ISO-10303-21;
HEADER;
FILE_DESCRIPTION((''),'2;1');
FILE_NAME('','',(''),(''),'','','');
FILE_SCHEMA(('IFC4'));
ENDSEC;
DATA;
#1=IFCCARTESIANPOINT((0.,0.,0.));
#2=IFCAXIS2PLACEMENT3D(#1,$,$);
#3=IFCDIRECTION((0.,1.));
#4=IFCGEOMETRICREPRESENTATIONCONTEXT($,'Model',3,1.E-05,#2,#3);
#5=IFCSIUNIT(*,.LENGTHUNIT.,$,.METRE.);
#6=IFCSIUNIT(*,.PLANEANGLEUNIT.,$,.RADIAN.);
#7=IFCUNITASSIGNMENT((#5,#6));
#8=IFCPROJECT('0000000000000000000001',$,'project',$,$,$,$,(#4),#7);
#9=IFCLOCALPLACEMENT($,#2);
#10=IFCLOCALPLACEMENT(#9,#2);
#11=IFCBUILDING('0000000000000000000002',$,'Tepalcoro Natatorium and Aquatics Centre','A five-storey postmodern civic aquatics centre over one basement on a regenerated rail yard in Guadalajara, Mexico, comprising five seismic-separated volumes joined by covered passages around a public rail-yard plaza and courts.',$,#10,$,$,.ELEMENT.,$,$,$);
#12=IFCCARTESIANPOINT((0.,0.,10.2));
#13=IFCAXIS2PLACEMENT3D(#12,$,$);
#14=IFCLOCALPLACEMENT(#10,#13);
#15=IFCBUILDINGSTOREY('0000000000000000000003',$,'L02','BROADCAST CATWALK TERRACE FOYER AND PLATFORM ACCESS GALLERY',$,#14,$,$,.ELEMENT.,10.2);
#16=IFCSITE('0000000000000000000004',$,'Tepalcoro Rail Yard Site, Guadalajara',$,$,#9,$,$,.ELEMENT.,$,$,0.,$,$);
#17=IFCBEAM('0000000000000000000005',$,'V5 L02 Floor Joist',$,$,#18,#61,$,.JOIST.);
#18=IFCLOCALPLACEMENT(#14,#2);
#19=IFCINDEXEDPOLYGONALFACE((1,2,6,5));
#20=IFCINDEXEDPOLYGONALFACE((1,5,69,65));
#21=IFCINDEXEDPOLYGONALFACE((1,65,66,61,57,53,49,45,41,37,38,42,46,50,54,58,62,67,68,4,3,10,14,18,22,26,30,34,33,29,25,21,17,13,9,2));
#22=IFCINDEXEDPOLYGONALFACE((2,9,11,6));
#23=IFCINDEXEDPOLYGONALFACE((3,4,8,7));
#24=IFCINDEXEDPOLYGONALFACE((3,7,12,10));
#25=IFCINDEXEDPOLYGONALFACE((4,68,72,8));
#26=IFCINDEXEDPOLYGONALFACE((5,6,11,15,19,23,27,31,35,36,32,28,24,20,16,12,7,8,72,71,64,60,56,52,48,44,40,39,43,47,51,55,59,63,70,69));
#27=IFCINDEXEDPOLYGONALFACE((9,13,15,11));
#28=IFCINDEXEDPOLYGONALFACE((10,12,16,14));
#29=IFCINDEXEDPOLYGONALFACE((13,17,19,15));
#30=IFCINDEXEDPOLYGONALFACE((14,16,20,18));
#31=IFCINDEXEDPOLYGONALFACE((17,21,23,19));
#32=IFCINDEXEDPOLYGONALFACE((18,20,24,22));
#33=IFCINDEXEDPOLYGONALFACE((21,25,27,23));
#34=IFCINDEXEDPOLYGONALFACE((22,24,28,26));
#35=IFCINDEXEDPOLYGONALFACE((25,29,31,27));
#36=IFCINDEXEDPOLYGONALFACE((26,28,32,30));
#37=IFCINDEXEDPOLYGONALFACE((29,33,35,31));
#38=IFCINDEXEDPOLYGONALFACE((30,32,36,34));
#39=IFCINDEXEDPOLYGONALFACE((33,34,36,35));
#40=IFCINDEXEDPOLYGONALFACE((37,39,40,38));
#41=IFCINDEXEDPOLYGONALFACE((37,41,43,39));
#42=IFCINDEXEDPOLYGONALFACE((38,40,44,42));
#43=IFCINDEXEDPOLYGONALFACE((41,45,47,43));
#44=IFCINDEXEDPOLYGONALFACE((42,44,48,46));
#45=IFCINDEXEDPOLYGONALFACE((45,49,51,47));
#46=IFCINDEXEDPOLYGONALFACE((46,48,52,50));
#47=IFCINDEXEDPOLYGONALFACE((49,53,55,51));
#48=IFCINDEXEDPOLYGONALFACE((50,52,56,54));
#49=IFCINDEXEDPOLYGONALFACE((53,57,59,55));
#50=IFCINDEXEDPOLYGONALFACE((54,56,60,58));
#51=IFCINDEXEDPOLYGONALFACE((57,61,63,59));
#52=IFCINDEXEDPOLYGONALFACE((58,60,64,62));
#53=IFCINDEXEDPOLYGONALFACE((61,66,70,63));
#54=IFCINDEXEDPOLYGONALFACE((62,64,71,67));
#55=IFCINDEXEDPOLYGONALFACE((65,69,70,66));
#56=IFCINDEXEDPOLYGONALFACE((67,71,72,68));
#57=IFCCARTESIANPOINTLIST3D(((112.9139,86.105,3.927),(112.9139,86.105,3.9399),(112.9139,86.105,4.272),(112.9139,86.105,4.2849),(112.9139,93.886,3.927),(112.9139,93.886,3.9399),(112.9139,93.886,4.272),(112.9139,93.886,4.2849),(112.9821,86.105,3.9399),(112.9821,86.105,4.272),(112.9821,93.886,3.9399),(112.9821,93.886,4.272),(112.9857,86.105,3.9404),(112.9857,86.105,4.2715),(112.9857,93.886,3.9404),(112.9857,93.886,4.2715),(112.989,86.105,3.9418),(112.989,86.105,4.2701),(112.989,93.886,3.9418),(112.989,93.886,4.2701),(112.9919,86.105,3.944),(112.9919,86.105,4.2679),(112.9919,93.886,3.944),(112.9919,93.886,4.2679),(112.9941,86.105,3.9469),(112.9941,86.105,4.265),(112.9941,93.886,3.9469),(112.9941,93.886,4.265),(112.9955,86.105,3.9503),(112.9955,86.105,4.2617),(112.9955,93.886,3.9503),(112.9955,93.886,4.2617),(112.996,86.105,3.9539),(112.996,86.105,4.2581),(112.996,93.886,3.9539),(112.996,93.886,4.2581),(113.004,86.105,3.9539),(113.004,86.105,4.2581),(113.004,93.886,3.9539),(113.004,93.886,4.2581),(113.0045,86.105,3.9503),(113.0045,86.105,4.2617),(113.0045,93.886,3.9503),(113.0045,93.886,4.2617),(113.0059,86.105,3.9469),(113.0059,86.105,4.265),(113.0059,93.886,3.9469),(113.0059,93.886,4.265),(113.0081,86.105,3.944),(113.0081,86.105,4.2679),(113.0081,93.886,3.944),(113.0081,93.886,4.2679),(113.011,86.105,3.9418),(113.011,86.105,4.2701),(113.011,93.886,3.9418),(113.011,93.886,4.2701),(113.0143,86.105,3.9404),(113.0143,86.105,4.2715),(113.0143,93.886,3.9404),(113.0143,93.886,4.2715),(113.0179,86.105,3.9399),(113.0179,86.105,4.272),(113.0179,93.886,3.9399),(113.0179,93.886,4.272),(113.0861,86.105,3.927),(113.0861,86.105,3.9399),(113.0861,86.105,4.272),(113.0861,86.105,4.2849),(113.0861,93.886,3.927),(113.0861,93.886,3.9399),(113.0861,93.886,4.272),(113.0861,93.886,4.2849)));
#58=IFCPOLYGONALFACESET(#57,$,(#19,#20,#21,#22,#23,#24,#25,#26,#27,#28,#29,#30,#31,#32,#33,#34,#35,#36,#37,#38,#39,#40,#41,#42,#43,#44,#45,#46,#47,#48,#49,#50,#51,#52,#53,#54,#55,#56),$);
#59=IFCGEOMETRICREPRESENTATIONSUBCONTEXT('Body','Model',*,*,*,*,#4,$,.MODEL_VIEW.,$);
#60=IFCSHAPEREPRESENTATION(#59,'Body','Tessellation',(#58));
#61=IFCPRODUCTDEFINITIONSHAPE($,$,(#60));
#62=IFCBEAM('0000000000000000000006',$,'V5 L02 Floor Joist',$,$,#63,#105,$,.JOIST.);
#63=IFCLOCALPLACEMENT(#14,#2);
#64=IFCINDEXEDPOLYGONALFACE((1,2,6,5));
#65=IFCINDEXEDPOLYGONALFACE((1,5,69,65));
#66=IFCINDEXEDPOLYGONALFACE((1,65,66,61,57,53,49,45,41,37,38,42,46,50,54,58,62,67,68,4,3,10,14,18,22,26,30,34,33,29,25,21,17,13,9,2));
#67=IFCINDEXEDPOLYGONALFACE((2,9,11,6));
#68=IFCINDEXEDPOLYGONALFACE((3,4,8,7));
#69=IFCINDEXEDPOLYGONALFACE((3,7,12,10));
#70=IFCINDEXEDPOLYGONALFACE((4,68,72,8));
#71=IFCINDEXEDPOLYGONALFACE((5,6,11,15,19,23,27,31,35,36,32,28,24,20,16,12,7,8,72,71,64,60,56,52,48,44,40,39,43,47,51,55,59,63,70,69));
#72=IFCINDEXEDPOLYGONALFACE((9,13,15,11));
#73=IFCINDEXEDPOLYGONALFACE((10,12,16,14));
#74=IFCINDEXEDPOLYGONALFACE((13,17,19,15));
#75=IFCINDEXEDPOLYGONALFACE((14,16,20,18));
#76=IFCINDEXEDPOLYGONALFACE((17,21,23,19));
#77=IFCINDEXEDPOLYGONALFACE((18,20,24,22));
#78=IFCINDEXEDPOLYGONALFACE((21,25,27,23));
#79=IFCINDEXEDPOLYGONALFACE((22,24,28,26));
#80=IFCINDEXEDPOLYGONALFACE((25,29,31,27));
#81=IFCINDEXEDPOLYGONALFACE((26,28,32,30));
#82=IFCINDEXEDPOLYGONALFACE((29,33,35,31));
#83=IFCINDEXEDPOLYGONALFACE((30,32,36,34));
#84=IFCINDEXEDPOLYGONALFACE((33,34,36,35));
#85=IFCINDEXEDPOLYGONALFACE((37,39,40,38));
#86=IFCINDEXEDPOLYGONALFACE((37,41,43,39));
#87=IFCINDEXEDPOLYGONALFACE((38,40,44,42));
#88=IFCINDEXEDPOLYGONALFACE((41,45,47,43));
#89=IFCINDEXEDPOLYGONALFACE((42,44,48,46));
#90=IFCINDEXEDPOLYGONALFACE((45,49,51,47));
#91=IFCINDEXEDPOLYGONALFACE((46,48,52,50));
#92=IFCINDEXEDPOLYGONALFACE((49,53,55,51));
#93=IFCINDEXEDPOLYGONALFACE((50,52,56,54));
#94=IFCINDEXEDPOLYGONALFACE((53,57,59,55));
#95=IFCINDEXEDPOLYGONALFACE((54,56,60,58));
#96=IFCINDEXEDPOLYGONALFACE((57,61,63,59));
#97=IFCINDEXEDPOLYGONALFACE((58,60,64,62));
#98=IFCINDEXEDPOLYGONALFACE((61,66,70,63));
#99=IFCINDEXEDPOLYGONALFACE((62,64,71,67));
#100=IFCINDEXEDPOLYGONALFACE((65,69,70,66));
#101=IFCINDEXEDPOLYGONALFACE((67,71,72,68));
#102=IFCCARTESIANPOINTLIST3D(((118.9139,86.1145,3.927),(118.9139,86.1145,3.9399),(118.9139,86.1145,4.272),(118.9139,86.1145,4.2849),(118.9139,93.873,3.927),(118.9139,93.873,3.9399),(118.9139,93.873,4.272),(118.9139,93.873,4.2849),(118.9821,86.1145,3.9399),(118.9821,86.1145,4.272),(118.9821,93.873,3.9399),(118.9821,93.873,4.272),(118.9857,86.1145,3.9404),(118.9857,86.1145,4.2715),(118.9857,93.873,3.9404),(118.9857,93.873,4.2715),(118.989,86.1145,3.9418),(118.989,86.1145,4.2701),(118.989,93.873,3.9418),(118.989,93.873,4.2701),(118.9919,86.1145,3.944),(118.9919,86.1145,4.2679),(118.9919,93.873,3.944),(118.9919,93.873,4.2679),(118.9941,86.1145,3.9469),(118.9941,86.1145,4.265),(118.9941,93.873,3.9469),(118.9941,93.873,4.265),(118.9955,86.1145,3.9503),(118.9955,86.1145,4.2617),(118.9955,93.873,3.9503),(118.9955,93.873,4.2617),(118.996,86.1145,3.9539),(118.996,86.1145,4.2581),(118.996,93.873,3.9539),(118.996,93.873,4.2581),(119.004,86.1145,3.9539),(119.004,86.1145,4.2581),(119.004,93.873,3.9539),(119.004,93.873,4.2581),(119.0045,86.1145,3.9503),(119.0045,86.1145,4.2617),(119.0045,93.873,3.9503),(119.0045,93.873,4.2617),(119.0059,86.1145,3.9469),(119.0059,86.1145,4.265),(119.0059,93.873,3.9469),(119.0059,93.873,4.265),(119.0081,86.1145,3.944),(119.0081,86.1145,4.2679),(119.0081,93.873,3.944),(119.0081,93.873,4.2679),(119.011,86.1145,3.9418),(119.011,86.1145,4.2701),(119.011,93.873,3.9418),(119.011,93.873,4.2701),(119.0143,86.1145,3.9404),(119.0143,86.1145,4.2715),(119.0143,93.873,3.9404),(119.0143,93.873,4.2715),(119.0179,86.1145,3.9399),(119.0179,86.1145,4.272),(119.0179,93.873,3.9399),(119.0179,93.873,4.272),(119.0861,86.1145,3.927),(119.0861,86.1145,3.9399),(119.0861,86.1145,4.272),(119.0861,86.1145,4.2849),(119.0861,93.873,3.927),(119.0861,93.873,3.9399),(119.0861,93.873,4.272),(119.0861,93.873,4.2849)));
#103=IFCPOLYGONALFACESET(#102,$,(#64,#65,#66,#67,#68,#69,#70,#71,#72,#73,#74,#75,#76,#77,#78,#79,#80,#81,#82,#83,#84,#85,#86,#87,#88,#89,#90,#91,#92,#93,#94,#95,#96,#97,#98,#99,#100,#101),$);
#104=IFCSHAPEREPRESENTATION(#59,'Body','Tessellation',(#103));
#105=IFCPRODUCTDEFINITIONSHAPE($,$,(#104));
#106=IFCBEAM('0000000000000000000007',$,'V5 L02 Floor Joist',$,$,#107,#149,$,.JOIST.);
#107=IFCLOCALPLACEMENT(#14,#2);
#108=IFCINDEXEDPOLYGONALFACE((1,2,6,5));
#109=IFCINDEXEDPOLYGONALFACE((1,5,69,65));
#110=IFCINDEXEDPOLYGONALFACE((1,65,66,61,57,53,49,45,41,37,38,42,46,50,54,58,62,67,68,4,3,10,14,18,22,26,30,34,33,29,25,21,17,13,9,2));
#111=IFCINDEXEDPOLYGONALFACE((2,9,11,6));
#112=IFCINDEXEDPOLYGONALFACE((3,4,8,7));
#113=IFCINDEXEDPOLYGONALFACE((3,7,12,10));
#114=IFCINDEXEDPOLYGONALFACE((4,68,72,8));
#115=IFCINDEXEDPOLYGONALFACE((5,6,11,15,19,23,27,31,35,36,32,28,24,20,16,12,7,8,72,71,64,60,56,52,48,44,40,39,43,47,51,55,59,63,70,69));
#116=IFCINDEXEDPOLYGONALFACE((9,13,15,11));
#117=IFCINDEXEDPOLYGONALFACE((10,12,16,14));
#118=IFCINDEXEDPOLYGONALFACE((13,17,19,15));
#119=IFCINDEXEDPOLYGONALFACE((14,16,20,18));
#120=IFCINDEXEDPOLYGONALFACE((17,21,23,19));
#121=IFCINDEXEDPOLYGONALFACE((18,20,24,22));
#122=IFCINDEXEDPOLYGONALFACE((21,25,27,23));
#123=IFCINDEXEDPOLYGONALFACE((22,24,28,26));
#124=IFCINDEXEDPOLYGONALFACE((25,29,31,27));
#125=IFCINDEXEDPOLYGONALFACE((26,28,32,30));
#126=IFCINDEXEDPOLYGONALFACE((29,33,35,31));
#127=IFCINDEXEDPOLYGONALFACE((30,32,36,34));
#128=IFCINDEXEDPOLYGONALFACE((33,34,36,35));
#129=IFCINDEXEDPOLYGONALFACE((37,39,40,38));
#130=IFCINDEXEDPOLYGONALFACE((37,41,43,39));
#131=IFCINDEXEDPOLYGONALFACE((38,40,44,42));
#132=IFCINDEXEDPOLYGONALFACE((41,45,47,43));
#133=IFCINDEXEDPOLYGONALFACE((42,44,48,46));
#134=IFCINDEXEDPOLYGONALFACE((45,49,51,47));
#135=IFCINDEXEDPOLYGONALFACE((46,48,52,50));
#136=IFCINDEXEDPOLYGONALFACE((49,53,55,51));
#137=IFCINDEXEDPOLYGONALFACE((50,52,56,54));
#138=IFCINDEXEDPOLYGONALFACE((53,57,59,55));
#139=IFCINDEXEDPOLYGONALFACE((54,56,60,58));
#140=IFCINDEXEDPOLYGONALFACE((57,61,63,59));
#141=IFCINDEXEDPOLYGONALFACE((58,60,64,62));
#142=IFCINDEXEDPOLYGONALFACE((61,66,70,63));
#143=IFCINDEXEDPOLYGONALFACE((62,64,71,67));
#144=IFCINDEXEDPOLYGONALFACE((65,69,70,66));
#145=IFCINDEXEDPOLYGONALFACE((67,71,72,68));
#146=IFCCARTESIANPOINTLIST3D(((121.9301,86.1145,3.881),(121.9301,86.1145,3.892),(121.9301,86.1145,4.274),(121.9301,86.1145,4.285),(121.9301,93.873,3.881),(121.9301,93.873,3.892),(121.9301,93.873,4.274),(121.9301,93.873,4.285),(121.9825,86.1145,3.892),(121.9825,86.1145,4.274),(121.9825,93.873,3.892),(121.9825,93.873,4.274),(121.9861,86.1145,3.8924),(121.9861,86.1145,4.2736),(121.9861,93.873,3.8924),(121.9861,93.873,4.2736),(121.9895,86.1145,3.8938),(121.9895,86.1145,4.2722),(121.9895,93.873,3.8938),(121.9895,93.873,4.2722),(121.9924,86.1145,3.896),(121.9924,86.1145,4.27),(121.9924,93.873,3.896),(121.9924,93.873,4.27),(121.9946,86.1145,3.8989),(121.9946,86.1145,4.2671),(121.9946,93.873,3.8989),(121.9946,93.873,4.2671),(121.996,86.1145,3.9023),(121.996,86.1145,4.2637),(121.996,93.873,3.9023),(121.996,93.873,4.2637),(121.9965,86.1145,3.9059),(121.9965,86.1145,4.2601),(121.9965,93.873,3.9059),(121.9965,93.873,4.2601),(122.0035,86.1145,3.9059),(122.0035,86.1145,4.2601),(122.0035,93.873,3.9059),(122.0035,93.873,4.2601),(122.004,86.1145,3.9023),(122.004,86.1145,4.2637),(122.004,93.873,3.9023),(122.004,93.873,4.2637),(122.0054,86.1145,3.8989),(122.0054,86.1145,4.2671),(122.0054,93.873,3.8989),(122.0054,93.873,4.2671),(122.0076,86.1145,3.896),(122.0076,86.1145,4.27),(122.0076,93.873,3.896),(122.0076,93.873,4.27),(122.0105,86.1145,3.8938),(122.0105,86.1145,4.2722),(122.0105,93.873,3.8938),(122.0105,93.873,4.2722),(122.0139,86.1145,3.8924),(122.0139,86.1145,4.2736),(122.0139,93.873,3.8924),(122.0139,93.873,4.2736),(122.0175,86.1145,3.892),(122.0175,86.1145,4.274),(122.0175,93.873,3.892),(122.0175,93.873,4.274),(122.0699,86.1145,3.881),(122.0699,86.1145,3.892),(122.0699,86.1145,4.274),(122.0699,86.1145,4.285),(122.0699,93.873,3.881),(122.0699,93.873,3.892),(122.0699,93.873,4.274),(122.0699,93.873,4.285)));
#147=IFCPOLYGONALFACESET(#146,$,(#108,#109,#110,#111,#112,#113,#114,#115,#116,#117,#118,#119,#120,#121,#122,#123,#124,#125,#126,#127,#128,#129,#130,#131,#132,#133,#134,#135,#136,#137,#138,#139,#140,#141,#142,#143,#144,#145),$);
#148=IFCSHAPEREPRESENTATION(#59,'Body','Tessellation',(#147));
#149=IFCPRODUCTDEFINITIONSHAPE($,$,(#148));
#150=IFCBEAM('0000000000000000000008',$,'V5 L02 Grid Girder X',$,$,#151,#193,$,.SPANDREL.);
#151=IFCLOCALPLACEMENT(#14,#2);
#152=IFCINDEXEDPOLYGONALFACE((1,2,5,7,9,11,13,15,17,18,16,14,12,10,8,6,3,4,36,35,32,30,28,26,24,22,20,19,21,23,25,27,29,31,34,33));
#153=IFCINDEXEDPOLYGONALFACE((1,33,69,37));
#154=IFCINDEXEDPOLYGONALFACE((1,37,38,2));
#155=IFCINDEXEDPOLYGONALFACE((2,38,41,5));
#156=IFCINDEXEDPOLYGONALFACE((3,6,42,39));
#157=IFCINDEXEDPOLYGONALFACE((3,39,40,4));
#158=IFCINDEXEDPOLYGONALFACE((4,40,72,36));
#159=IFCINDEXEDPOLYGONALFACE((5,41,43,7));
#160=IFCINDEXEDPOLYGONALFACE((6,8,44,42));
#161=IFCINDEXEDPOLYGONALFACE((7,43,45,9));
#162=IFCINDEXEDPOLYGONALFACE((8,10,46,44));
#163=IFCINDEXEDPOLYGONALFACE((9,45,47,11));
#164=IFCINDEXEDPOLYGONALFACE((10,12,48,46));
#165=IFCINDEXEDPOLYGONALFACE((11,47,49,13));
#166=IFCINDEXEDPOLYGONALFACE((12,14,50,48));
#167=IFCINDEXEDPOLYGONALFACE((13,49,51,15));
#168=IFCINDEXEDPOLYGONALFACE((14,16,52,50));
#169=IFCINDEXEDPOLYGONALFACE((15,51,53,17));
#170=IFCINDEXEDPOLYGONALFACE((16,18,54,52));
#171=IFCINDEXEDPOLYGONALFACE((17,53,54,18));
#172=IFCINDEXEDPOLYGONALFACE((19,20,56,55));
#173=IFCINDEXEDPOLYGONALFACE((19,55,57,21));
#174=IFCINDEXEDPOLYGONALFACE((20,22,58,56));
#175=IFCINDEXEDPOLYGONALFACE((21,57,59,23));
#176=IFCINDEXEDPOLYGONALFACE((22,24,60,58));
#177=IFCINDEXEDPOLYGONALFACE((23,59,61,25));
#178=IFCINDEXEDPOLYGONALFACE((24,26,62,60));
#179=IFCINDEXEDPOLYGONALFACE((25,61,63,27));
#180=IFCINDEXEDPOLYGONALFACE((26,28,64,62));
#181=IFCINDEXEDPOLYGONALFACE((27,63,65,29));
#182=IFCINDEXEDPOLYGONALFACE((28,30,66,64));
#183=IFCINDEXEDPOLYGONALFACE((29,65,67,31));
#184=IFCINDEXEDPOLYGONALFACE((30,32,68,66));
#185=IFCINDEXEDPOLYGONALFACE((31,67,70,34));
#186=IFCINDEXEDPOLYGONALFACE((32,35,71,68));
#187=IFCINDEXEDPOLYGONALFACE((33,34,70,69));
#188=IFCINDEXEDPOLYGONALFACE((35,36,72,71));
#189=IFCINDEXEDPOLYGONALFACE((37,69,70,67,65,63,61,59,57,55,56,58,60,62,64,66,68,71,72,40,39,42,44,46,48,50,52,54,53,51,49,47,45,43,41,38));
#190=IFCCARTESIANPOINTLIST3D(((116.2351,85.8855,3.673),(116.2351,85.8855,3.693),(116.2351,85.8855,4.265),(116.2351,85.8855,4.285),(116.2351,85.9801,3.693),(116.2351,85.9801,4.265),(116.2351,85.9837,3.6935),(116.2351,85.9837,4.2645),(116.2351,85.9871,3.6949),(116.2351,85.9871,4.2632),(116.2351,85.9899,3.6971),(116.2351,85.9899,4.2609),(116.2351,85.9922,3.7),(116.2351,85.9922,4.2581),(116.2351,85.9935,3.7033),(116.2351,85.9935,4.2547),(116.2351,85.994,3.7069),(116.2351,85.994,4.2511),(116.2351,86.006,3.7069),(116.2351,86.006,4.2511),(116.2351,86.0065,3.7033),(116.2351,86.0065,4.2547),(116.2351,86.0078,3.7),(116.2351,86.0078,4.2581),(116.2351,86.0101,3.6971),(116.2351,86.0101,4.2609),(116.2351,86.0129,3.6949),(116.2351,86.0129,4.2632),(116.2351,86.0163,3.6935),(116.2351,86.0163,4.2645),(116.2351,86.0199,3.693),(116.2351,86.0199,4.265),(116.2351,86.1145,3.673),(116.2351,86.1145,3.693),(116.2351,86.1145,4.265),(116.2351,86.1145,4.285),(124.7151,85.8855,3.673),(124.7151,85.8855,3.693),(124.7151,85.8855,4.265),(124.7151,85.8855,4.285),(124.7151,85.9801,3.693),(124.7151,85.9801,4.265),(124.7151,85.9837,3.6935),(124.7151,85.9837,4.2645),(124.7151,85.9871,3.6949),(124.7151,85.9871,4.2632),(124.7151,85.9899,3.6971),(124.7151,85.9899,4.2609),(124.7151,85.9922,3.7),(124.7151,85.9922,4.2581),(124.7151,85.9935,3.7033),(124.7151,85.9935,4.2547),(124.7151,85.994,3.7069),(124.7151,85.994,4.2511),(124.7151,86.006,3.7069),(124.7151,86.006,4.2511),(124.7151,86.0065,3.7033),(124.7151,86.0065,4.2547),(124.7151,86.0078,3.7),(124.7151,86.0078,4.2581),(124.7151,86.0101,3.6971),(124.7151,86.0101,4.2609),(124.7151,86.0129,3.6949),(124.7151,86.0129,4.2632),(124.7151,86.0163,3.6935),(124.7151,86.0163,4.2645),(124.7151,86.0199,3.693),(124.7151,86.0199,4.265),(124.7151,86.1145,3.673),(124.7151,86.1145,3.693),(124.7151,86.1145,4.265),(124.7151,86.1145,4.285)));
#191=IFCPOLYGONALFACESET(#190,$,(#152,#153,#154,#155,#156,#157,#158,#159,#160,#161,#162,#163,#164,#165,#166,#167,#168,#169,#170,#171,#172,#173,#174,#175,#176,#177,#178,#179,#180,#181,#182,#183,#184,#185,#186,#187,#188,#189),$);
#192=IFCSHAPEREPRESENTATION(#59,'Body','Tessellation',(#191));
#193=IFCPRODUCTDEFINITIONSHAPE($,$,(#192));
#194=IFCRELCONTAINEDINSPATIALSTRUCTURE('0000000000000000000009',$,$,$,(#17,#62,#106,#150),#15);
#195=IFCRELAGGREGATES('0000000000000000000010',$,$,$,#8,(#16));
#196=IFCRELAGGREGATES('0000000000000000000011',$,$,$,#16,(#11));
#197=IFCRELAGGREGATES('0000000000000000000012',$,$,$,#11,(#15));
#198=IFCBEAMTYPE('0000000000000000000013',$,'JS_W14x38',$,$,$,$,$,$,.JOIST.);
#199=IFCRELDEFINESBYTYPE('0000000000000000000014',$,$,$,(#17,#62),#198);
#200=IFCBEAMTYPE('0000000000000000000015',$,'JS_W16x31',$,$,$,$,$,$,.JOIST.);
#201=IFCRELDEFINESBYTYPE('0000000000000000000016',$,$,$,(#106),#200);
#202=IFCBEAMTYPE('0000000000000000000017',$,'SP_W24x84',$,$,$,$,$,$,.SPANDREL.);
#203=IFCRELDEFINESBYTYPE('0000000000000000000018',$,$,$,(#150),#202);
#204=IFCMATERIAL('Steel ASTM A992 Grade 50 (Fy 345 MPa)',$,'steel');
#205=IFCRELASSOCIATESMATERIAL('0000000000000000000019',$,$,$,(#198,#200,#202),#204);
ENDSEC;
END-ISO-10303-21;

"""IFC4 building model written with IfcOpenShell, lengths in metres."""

from ifc_helpers import new_model, si_unit, direction, frame, origin, origin_2d, place, context, subcontext, project, spatial, i_section, extrude, material, material_profile, profile_set, type_object, element, save


model = new_model("IFC4")

# Units and contexts
model_context = context("Model", 3, precision=1e-05, world=origin(), true_north=direction((0.0, 1.0)))
body_context = subcontext(model_context, "Body", "Model", "MODEL_VIEW")
ifc_project = project(units=[si_unit("LENGTHUNIT", "METRE"), si_unit("PLANEANGLEUNIT", "RADIAN")], contexts=[model_context])

# Site, building, storey
site_placement = place(None, origin())
site = spatial("IfcSite", under=ifc_project, at=site_placement, Name="Tepalcoro Rail Yard Site, Guadalajara", CompositionType="ELEMENT", RefElevation=0.0)
building_placement = place(site_placement, origin())
building = spatial("IfcBuilding", under=site, at=building_placement, Name="Tepalcoro Natatorium and Aquatics Centre", Description="A five-storey postmodern civic aquatics centre over one basement on a regenerated rail yard in Guadalajara, Mexico, comprising five seismic-separated volumes joined by covered passages around a public rail-yard plaza and courts.", CompositionType="ELEMENT")
storey_placement = place(building_placement, frame((0.0, 0.0, 10.2)))
storey = spatial("IfcBuildingStorey", under=building, at=storey_placement, Name="L02", Description="BROADCAST CATWALK TERRACE FOYER AND PLATFORM ACCESS GALLERY", CompositionType="ELEMENT", Elevation=10.2)

# Shared definitions
ifc_material_1 = material(Name="Steel ASTM A992 Grade 50 (Fy 345 MPa)", Category="steel")

# Beams
ifc_material_profile_1 = material_profile(ifc_material_1, i_section(OverallWidth=0.1721, OverallDepth=0.3579, WebThickness=0.0081, FlangeThickness=0.0129, FilletRadius=0.0139, at=origin_2d()), Name="W14X38")
ifc_profile_set_1 = profile_set([ifc_material_profile_1], Name="Steel ASTM A992 Grade 50 (Fy 345 MPa)")
beam_type_1 = type_object("IfcBeamType", Name="JS_W14x38", PredefinedType="JOIST", material=ifc_profile_set_1)
beam_1_placement = place(storey_placement, frame((113.0, 86.105, 4.106), z_axis=(0.0, 1.0, 0.0), x_axis=(-1.0, 0.0, 0.0)))
element("IfcBeam", 1, at=beam_1_placement, inside=storey, type_object=beam_type_1, Name="V5 L02 Floor Joist", PredefinedType="JOIST", context=body_context, shape_type="SweptSolid", body=[
    extrude(i_section(OverallWidth=0.1721, OverallDepth=0.3579, WebThickness=0.0081, FlangeThickness=0.0129, FilletRadius=0.0139, at=origin_2d()), origin(), (0.0, 0.0, 1.0), 7.781),
])
beam_2_placement = place(storey_placement, frame((119.0, 86.1145, 4.106), z_axis=(0.0, 1.0, 0.0), x_axis=(-1.0, 0.0, 0.0)))
element("IfcBeam", 2, at=beam_2_placement, inside=storey, type_object=beam_type_1, Name="V5 L02 Floor Joist", PredefinedType="JOIST", context=body_context, shape_type="SweptSolid", body=[
    extrude(i_section(OverallWidth=0.1721, OverallDepth=0.3579, WebThickness=0.0081, FlangeThickness=0.0129, FilletRadius=0.0139, at=origin_2d()), origin(), (0.0, 0.0, 1.0), 7.7585),
])
ifc_material_profile_2 = material_profile(ifc_material_1, i_section(OverallWidth=0.1399, OverallDepth=0.4041, WebThickness=0.0071, FlangeThickness=0.011, FilletRadius=0.0139, at=origin_2d()), Name="W16X31")
ifc_profile_set_2 = profile_set([ifc_material_profile_2], Name="Steel ASTM A992 Grade 50 (Fy 345 MPa)")
beam_type_2 = type_object("IfcBeamType", Name="JS_W16x31", PredefinedType="JOIST", material=ifc_profile_set_2)
beam_3_placement = place(storey_placement, frame((122.0, 86.1145, 4.083), z_axis=(0.0, 1.0, 0.0), x_axis=(-1.0, 0.0, 0.0)))
element("IfcBeam", 3, at=beam_3_placement, inside=storey, type_object=beam_type_2, Name="V5 L02 Floor Joist", PredefinedType="JOIST", context=body_context, shape_type="SweptSolid", body=[
    extrude(i_section(OverallWidth=0.1399, OverallDepth=0.4041, WebThickness=0.0071, FlangeThickness=0.011, FilletRadius=0.0139, at=origin_2d()), origin(), (0.0, 0.0, 1.0), 7.7585),
])
ifc_material_profile_3 = material_profile(ifc_material_1, i_section(OverallWidth=0.229, OverallDepth=0.6121, WebThickness=0.012, FlangeThickness=0.02, FilletRadius=0.0139, at=origin_2d()), Name="W24X84")
ifc_profile_set_3 = profile_set([ifc_material_profile_3], Name="Steel ASTM A992 Grade 50 (Fy 345 MPa)")
beam_type_3 = type_object("IfcBeamType", Name="SP_W24x84", PredefinedType="SPANDREL", material=ifc_profile_set_3)
beam_4_placement = place(storey_placement, frame((116.2351, 86.0, 3.979), z_axis=(1.0, 0.0, 0.0), x_axis=(0.0, 1.0, 0.0)))
element("IfcBeam", 4, at=beam_4_placement, inside=storey, type_object=beam_type_3, Name="V5 L02 Grid Girder X", PredefinedType="SPANDREL", context=body_context, shape_type="SweptSolid", body=[
    extrude(i_section(OverallWidth=0.229, OverallDepth=0.6121, WebThickness=0.012, FlangeThickness=0.02, FilletRadius=0.0139, at=origin_2d()), origin(), (0.0, 0.0, 1.0), 8.48),
])

save(model, "model.ifc")
